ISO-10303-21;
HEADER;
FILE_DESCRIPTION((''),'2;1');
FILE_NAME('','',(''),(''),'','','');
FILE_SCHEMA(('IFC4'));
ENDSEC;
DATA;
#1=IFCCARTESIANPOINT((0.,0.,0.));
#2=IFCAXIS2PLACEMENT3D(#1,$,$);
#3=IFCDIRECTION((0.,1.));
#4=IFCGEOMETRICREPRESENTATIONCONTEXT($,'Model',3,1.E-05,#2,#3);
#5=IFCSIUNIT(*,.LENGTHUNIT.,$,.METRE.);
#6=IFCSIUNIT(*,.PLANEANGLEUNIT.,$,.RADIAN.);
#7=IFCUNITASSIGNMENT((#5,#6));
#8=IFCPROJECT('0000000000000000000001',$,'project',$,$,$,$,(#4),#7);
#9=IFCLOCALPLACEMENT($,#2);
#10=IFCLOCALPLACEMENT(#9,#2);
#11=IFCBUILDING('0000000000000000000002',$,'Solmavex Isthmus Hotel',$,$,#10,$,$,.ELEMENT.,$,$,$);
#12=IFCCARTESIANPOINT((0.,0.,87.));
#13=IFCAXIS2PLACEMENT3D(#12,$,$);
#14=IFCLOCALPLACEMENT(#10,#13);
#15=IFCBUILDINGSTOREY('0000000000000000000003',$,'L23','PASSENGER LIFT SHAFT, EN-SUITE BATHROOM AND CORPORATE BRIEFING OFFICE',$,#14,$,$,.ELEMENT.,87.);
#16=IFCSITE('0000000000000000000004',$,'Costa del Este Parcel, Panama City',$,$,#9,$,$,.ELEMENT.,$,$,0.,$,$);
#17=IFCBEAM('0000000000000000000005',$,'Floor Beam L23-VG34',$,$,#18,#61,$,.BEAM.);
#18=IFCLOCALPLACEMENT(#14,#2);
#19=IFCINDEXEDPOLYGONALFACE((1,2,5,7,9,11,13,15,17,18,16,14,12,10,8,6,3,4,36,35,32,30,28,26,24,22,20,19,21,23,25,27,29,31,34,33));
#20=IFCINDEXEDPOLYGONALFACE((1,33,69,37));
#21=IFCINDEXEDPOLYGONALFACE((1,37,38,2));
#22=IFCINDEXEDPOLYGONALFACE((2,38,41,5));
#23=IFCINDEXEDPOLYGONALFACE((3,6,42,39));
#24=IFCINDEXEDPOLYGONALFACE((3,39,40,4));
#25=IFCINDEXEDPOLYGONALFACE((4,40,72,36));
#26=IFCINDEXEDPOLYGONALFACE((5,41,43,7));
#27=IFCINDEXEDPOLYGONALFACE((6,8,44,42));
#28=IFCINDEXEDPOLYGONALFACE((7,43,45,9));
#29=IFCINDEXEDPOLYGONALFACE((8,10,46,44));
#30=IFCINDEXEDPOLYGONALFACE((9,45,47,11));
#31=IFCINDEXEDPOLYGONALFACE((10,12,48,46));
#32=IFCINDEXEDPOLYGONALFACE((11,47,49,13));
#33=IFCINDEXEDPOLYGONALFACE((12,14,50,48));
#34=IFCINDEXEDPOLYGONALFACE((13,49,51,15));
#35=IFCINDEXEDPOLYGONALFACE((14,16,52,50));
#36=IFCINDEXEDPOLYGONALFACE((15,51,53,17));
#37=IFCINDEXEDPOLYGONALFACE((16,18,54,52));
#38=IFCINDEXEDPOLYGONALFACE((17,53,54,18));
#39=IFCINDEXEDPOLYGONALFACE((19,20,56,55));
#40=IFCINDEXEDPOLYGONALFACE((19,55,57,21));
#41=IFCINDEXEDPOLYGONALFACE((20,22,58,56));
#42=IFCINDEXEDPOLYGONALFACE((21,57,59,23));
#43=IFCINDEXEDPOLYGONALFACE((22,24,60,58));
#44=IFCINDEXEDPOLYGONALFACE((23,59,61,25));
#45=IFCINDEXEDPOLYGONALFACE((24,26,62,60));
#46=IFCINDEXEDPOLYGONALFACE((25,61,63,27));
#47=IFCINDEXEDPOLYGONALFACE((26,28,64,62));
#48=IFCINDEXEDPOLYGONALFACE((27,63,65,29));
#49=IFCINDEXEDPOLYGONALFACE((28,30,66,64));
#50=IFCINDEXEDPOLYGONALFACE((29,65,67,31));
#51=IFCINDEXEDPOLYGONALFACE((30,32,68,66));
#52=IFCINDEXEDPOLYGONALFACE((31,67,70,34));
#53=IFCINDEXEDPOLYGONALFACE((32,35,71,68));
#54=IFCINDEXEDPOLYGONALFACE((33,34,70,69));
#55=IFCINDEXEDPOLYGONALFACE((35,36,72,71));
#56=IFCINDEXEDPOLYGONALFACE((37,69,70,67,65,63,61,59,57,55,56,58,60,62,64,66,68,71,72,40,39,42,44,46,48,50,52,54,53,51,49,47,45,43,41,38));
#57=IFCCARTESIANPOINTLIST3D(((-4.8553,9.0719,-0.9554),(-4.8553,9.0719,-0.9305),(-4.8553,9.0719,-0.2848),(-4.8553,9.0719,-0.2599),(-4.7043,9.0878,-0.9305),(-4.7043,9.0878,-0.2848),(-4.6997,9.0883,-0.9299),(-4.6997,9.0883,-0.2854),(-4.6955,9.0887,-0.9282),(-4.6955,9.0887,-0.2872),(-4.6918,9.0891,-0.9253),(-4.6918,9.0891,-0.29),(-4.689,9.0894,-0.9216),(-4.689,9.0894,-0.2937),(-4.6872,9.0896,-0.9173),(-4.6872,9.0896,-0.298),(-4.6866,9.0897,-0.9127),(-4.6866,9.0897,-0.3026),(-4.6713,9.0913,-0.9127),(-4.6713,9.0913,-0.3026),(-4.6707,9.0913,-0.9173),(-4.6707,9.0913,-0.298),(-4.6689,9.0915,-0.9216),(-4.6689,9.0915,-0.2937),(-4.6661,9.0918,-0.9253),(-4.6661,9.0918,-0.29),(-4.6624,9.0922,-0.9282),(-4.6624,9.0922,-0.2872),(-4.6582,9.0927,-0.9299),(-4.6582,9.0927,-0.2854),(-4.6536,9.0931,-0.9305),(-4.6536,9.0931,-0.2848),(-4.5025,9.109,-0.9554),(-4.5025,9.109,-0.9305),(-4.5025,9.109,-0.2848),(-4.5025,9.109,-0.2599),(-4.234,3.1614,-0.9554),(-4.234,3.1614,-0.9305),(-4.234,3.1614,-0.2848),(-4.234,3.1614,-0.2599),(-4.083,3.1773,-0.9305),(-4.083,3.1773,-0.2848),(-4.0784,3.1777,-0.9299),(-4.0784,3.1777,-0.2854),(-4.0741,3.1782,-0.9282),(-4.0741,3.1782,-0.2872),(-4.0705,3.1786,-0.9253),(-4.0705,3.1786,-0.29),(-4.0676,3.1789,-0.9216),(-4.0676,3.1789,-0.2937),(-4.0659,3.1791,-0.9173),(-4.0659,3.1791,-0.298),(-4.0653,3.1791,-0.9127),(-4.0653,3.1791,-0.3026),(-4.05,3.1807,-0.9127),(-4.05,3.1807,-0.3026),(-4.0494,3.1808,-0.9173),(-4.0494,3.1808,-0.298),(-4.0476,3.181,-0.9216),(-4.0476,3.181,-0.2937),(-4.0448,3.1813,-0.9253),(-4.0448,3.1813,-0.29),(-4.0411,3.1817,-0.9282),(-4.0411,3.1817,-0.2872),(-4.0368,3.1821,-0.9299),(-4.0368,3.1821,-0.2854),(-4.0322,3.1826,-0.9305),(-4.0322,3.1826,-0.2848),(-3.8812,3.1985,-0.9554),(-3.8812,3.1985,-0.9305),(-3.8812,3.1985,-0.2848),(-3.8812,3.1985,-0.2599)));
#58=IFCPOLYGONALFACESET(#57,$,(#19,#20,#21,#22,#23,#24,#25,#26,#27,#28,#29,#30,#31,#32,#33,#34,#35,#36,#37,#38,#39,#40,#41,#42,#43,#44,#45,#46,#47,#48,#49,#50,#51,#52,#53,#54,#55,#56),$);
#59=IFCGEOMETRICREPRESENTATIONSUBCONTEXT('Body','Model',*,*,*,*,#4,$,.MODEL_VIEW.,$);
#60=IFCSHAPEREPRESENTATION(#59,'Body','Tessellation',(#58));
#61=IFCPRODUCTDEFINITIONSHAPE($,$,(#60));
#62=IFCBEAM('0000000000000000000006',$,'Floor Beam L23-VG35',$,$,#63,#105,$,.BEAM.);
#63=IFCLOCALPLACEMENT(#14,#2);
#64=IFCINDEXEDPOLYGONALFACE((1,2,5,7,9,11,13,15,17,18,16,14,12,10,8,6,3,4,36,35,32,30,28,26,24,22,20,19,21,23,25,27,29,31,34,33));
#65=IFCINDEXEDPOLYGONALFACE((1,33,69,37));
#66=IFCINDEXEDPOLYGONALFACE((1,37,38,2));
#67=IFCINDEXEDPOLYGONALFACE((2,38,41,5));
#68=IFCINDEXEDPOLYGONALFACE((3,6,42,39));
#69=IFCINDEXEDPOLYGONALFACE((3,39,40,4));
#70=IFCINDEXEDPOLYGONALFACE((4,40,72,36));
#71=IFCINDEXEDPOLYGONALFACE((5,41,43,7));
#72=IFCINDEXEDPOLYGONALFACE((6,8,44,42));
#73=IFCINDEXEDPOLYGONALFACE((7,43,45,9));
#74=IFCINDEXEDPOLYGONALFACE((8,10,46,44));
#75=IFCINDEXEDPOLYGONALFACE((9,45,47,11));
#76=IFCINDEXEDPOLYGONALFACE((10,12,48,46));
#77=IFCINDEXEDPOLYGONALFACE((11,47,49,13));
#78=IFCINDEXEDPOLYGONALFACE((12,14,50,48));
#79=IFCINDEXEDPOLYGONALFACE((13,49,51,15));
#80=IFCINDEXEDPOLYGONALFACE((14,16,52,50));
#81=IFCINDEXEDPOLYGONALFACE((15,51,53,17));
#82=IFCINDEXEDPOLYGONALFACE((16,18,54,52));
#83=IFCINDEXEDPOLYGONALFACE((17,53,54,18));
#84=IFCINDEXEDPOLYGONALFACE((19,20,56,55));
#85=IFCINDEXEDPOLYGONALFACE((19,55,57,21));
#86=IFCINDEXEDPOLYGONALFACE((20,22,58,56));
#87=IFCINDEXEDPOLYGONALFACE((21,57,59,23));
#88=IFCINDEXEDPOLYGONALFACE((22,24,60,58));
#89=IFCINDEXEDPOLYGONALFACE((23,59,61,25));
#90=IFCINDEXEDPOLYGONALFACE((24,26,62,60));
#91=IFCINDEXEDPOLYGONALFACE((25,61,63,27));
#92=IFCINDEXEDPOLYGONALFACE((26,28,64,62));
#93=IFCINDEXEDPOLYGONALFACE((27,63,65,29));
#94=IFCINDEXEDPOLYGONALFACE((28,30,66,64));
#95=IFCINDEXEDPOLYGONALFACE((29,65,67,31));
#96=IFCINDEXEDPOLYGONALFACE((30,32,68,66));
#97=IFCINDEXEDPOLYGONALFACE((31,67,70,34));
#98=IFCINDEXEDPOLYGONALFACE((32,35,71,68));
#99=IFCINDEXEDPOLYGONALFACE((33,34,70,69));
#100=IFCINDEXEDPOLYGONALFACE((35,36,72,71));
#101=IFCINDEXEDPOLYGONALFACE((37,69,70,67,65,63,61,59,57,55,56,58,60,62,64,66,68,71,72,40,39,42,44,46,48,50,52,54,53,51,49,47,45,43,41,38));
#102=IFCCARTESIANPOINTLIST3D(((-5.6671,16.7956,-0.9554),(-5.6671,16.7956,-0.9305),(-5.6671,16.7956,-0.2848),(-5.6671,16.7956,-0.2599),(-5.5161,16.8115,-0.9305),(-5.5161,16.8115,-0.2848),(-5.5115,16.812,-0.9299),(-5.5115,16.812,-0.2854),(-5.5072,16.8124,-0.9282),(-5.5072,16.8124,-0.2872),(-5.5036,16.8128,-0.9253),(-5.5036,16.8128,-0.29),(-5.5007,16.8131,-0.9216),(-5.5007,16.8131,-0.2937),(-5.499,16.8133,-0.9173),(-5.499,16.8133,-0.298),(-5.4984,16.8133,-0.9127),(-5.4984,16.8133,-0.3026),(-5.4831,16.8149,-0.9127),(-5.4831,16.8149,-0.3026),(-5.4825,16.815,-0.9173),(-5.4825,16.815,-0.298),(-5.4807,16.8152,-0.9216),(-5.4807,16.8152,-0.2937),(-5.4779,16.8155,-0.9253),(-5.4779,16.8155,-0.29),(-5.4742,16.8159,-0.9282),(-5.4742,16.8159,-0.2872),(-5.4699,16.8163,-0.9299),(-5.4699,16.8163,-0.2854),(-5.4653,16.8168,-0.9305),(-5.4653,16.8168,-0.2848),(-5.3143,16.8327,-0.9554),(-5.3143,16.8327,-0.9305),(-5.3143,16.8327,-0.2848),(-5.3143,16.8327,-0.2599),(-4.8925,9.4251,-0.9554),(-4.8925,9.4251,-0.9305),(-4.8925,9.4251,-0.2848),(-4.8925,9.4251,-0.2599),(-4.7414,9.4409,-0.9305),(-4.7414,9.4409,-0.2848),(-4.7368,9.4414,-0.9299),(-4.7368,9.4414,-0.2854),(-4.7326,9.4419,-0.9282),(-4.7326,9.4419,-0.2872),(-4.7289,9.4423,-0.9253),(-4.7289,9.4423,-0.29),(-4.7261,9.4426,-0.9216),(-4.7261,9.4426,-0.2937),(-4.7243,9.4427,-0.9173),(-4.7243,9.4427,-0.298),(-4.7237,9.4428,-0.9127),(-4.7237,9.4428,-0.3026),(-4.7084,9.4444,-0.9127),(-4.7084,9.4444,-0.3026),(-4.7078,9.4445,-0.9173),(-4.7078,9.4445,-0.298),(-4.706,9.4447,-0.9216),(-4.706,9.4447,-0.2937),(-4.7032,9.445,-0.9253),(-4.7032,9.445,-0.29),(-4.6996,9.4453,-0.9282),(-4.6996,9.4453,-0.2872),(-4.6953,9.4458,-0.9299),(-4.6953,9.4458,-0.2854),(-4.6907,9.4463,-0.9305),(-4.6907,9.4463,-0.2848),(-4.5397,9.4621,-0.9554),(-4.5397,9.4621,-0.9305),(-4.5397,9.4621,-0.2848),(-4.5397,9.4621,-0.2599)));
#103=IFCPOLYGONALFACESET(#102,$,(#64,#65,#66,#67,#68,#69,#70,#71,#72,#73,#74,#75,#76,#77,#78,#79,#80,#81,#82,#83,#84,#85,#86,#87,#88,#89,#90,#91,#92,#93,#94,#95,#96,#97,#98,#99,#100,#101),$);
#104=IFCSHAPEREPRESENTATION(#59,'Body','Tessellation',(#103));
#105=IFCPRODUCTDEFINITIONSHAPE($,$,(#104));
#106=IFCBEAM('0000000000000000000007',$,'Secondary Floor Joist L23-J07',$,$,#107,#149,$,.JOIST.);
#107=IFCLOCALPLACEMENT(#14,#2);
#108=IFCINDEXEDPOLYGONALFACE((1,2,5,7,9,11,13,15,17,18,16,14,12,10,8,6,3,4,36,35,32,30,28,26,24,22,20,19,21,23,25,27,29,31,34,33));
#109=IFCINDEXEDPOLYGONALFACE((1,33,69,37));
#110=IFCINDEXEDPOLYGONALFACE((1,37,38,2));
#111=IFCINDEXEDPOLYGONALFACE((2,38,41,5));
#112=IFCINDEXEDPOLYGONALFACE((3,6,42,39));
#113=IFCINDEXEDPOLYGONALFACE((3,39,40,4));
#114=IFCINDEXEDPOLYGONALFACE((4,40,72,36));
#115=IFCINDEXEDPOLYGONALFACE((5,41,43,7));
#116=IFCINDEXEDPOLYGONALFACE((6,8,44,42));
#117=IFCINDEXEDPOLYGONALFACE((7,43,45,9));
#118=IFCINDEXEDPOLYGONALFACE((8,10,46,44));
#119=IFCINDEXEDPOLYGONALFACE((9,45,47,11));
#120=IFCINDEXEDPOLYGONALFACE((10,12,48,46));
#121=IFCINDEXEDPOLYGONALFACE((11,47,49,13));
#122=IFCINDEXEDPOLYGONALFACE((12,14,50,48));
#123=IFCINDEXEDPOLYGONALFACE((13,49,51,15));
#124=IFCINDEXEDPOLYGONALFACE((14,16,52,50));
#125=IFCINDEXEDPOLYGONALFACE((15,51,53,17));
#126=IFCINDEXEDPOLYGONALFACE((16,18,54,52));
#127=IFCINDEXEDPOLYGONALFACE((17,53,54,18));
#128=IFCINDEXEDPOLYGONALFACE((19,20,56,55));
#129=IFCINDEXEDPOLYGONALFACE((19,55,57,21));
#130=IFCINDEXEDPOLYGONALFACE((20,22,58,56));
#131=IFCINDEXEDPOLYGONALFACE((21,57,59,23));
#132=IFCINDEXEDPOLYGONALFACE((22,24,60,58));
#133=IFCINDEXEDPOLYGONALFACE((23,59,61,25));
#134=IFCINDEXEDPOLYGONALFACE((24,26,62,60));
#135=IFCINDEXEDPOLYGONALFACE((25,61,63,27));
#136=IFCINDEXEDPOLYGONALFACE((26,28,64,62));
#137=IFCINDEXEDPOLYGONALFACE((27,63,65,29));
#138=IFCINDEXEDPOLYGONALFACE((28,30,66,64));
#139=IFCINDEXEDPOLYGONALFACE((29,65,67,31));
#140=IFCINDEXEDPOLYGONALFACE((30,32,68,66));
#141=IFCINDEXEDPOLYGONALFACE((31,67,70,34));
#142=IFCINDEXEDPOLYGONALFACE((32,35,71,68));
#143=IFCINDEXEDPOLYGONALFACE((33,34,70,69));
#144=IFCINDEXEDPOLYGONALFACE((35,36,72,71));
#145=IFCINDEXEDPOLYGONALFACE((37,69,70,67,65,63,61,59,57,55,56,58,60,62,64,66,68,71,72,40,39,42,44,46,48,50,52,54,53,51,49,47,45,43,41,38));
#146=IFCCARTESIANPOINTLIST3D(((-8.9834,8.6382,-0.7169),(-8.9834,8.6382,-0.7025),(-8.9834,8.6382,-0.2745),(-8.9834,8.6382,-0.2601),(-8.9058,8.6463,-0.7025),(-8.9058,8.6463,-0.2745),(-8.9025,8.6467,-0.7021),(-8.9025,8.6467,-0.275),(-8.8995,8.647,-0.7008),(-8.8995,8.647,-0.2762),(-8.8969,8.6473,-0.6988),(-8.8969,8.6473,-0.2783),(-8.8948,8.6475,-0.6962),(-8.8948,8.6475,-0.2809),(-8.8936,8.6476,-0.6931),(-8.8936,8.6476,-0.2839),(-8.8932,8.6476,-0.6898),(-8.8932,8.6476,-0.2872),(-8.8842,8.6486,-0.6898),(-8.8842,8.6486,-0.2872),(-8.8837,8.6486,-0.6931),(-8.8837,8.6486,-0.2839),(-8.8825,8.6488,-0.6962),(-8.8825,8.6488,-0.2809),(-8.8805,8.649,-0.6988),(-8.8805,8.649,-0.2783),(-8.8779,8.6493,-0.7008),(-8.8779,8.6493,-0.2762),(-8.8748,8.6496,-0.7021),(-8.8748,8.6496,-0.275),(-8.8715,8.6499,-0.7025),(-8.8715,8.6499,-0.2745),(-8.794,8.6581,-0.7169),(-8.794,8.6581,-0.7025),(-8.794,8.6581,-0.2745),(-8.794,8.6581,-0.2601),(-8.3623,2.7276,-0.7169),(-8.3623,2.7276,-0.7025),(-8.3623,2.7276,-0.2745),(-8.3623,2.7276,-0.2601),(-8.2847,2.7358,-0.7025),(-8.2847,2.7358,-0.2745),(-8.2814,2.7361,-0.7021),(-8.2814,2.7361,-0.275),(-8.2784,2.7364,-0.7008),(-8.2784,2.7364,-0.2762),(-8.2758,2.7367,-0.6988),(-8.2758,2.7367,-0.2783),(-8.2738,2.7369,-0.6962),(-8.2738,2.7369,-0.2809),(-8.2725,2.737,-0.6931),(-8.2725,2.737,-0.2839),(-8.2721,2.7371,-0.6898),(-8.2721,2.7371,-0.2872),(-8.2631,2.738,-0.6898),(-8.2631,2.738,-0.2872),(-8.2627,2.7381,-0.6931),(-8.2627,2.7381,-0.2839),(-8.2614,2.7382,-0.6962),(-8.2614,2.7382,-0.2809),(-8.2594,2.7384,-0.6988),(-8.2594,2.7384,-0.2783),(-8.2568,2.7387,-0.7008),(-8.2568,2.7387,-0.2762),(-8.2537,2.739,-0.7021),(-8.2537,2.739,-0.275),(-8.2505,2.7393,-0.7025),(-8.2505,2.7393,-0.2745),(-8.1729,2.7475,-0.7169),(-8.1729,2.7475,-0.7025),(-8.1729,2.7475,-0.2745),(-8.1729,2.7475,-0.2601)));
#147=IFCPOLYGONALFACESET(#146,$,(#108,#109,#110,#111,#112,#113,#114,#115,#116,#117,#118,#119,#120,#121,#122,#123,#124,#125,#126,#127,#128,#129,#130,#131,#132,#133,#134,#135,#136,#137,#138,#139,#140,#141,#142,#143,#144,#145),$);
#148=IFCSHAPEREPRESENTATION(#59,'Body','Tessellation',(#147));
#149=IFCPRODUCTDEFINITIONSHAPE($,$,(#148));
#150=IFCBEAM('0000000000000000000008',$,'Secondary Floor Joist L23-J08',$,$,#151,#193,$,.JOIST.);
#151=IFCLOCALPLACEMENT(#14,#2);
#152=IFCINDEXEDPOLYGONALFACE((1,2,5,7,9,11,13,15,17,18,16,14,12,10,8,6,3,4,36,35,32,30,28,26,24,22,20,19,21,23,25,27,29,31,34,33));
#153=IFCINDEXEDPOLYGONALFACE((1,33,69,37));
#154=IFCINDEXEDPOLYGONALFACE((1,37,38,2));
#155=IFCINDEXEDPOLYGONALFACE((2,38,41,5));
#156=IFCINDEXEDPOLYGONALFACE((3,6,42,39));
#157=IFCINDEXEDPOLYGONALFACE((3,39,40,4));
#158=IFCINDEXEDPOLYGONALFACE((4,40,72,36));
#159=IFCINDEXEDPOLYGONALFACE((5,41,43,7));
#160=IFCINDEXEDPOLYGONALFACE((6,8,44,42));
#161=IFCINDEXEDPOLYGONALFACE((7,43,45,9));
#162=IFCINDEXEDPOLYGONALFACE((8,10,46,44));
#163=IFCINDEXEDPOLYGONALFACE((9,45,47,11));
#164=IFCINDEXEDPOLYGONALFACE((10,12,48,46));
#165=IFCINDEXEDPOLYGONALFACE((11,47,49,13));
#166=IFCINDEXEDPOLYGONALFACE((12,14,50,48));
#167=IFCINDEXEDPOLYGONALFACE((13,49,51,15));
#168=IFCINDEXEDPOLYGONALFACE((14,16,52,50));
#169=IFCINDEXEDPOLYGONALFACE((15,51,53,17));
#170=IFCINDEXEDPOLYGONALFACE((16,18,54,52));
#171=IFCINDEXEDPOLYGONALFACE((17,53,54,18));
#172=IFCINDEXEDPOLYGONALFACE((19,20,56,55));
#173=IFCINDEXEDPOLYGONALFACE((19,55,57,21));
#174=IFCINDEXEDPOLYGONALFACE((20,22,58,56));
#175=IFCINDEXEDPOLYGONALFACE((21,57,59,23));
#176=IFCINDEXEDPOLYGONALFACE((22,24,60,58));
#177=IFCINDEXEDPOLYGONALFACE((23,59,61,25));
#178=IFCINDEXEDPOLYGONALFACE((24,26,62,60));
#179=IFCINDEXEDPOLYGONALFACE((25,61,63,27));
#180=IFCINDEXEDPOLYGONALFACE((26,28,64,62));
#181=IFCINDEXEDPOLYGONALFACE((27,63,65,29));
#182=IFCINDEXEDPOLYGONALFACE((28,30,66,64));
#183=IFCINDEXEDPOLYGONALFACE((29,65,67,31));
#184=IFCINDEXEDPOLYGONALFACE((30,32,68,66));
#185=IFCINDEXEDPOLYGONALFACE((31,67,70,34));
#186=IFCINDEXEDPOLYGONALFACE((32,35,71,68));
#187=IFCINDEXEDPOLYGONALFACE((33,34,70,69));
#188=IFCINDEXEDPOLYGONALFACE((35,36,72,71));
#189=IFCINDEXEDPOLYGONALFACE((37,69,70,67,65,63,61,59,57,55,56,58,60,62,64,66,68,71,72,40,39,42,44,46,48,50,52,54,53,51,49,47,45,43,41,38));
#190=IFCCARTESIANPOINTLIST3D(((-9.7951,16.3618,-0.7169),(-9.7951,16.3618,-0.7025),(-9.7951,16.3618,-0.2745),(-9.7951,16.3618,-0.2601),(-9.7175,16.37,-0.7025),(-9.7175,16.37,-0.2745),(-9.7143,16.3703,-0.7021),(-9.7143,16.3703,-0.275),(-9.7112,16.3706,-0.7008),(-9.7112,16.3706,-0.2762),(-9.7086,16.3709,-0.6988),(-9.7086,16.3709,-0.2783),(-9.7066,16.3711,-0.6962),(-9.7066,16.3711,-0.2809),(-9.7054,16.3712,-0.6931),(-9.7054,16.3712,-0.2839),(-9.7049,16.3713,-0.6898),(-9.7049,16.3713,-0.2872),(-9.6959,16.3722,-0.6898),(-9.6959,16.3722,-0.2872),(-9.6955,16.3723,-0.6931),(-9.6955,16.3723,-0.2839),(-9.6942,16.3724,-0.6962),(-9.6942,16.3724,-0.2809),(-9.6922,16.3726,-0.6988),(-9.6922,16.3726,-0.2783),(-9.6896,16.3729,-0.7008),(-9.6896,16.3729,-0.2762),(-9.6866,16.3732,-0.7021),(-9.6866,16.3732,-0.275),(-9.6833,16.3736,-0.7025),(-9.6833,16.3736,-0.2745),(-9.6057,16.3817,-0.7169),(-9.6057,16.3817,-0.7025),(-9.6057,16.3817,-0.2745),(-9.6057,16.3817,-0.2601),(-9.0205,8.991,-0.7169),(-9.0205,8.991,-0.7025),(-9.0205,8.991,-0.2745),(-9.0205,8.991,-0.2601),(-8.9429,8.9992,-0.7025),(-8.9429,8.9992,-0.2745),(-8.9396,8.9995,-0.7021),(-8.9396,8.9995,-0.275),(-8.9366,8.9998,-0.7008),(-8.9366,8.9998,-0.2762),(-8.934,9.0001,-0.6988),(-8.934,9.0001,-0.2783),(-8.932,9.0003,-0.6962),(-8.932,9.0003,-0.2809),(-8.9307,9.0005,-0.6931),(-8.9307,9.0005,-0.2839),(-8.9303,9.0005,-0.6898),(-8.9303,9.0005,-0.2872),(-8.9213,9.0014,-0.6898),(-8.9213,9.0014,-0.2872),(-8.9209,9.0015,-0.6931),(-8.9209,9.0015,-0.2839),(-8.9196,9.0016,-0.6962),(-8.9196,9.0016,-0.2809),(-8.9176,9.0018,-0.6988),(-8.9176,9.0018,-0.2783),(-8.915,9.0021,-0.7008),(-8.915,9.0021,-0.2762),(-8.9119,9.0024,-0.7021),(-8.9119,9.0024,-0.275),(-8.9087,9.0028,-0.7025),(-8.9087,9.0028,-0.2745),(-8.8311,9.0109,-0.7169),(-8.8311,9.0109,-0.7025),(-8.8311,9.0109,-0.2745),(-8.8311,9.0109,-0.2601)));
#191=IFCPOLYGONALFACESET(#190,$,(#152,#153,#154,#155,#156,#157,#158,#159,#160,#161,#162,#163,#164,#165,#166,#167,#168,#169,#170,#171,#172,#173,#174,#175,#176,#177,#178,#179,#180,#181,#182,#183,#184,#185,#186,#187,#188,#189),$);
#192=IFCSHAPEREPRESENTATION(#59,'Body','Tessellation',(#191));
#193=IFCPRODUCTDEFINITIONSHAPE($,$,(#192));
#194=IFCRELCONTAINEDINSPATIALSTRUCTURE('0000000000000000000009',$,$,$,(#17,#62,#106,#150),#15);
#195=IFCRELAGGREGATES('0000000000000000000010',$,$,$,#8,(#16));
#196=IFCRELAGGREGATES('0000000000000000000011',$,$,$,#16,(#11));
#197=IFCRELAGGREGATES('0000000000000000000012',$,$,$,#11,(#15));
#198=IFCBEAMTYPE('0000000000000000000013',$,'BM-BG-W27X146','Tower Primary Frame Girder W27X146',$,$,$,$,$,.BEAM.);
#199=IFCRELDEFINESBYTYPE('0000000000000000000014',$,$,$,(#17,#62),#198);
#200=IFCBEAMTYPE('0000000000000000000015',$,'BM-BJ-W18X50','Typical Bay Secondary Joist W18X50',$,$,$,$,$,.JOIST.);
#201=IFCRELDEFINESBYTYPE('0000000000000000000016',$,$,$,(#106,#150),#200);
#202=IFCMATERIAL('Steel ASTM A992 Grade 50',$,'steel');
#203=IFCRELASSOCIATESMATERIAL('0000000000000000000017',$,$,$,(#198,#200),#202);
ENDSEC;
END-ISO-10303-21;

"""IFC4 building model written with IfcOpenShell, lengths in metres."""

from ifc_helpers import new_model, si_unit, direction, frame, origin, origin_2d, place, context, subcontext, project, spatial, i_section, extrude, material, material_profile, profile_set, type_object, element, save


model = new_model("IFC4")

# Units and contexts
model_context = context("Model", 3, precision=1e-05, world=origin(), true_north=direction((0.0, 1.0)))
body_context = subcontext(model_context, "Body", "Model", "MODEL_VIEW")
ifc_project = project(units=[si_unit("LENGTHUNIT", "METRE"), si_unit("PLANEANGLEUNIT", "RADIAN")], contexts=[model_context])

# Site, building, storey
site_placement = place(None, origin())
site = spatial("IfcSite", under=ifc_project, at=site_placement, Name="Costa del Este Parcel, Panama City", CompositionType="ELEMENT", RefElevation=0.0)
building_placement = place(site_placement, origin())
building = spatial("IfcBuilding", under=site, at=building_placement, Name="Solmavex Isthmus Hotel", CompositionType="ELEMENT")
storey_placement = place(building_placement, frame((0.0, 0.0, 87.0)))
storey = spatial("IfcBuildingStorey", under=building, at=storey_placement, Name="L23", Description="PASSENGER LIFT SHAFT, EN-SUITE BATHROOM AND CORPORATE BRIEFING OFFICE", CompositionType="ELEMENT", Elevation=87.0)

# Beams
ifc_material_1 = material(Name="Steel ASTM A992 Grade 50", Category="steel")
ifc_material_profile_1 = material_profile(ifc_material_1, i_section(OverallWidth=0.3547, OverallDepth=0.6956, WebThickness=0.0154, FlangeThickness=0.0249, FilletRadius=0.0178, at=origin_2d()), Name="W27X146")
ifc_profile_set_1 = profile_set([ifc_material_profile_1], Name="Steel ASTM A992 Grade 50")
beam_type_1 = type_object("IfcBeamType", Name="BM-BG-W27X146", Description="Tower Primary Frame Girder W27X146", PredefinedType="BEAM", material=ifc_profile_set_1)
for number, where, z_axis, x_axis, name in (
    (1, (-4.0576, 3.1799, -0.6077), (-0.104546, 0.99452, 0.0), (-0.99452, -0.104546, 0.0), "Floor Beam L23-VG34"),
):
    element("IfcBeam", number, at=place(storey_placement, frame(where, z_axis=z_axis, x_axis=x_axis)), inside=storey, type_object=beam_type_1, Name=name, PredefinedType="BEAM", context=body_context, shape_type="SweptSolid", body=[
        extrude(i_section(OverallWidth=0.3547, OverallDepth=0.6956, WebThickness=0.0154, FlangeThickness=0.0249, FilletRadius=0.0178, at=origin_2d()), origin(), (0.0, 0.0, 1.0), 5.9431),
    ])
beam_1_placement = place(storey_placement, frame((-4.7161, 9.4436, -0.6077), z_axis=(-0.104525, 0.994522, 0.0), x_axis=(-0.994522, -0.104525, 0.0)))
element("IfcBeam", 2, at=beam_1_placement, inside=storey, type_object=beam_type_1, Name="Floor Beam L23-VG35", PredefinedType="BEAM", context=body_context, shape_type="SweptSolid", body=[
    extrude(i_section(OverallWidth=0.3547, OverallDepth=0.6956, WebThickness=0.0154, FlangeThickness=0.0249, FilletRadius=0.0178, at=origin_2d()), origin(), (0.0, 0.0, 1.0), 7.4111),
])
ifc_material_profile_2 = material_profile(ifc_material_1, i_section(OverallWidth=0.1904, OverallDepth=0.4568, WebThickness=0.009, FlangeThickness=0.0144, FilletRadius=0.0127, at=origin_2d()), Name="W18X50")
ifc_profile_set_2 = profile_set([ifc_material_profile_2], Name="Steel ASTM A992 Grade 50")
beam_type_2 = type_object("IfcBeamType", Name="BM-BJ-W18X50", Description="Typical Bay Secondary Joist W18X50", PredefinedType="JOIST", material=ifc_profile_set_2)
beam_2_placement = place(storey_placement, frame((-8.2676, 2.7375, -0.4885), z_axis=(-0.104505, 0.994524, 0.0), x_axis=(-0.994524, -0.104505, 0.0)))
element("IfcBeam", 3, at=beam_2_placement, inside=storey, type_object=beam_type_2, Name="Secondary Floor Joist L23-J07", PredefinedType="JOIST", context=body_context, shape_type="SweptSolid", body=[
    extrude(i_section(OverallWidth=0.1904, OverallDepth=0.4568, WebThickness=0.009, FlangeThickness=0.0144, FilletRadius=0.0127, at=origin_2d()), origin(), (0.0, 0.0, 1.0), 5.9431),
])
beam_3_placement = place(storey_placement, frame((-8.9258, 9.001, -0.4885), z_axis=(-0.104522, 0.994523, 0.0), x_axis=(-0.994523, -0.104522, 0.0)))
element("IfcBeam", 4, at=beam_3_placement, inside=storey, type_object=beam_type_2, Name="Secondary Floor Joist L23-J08", PredefinedType="JOIST", context=body_context, shape_type="SweptSolid", body=[
    extrude(i_section(OverallWidth=0.1904, OverallDepth=0.4568, WebThickness=0.009, FlangeThickness=0.0144, FilletRadius=0.0127, at=origin_2d()), origin(), (0.0, 0.0, 1.0), 7.4114),
])

save(model, "model.ifc")
